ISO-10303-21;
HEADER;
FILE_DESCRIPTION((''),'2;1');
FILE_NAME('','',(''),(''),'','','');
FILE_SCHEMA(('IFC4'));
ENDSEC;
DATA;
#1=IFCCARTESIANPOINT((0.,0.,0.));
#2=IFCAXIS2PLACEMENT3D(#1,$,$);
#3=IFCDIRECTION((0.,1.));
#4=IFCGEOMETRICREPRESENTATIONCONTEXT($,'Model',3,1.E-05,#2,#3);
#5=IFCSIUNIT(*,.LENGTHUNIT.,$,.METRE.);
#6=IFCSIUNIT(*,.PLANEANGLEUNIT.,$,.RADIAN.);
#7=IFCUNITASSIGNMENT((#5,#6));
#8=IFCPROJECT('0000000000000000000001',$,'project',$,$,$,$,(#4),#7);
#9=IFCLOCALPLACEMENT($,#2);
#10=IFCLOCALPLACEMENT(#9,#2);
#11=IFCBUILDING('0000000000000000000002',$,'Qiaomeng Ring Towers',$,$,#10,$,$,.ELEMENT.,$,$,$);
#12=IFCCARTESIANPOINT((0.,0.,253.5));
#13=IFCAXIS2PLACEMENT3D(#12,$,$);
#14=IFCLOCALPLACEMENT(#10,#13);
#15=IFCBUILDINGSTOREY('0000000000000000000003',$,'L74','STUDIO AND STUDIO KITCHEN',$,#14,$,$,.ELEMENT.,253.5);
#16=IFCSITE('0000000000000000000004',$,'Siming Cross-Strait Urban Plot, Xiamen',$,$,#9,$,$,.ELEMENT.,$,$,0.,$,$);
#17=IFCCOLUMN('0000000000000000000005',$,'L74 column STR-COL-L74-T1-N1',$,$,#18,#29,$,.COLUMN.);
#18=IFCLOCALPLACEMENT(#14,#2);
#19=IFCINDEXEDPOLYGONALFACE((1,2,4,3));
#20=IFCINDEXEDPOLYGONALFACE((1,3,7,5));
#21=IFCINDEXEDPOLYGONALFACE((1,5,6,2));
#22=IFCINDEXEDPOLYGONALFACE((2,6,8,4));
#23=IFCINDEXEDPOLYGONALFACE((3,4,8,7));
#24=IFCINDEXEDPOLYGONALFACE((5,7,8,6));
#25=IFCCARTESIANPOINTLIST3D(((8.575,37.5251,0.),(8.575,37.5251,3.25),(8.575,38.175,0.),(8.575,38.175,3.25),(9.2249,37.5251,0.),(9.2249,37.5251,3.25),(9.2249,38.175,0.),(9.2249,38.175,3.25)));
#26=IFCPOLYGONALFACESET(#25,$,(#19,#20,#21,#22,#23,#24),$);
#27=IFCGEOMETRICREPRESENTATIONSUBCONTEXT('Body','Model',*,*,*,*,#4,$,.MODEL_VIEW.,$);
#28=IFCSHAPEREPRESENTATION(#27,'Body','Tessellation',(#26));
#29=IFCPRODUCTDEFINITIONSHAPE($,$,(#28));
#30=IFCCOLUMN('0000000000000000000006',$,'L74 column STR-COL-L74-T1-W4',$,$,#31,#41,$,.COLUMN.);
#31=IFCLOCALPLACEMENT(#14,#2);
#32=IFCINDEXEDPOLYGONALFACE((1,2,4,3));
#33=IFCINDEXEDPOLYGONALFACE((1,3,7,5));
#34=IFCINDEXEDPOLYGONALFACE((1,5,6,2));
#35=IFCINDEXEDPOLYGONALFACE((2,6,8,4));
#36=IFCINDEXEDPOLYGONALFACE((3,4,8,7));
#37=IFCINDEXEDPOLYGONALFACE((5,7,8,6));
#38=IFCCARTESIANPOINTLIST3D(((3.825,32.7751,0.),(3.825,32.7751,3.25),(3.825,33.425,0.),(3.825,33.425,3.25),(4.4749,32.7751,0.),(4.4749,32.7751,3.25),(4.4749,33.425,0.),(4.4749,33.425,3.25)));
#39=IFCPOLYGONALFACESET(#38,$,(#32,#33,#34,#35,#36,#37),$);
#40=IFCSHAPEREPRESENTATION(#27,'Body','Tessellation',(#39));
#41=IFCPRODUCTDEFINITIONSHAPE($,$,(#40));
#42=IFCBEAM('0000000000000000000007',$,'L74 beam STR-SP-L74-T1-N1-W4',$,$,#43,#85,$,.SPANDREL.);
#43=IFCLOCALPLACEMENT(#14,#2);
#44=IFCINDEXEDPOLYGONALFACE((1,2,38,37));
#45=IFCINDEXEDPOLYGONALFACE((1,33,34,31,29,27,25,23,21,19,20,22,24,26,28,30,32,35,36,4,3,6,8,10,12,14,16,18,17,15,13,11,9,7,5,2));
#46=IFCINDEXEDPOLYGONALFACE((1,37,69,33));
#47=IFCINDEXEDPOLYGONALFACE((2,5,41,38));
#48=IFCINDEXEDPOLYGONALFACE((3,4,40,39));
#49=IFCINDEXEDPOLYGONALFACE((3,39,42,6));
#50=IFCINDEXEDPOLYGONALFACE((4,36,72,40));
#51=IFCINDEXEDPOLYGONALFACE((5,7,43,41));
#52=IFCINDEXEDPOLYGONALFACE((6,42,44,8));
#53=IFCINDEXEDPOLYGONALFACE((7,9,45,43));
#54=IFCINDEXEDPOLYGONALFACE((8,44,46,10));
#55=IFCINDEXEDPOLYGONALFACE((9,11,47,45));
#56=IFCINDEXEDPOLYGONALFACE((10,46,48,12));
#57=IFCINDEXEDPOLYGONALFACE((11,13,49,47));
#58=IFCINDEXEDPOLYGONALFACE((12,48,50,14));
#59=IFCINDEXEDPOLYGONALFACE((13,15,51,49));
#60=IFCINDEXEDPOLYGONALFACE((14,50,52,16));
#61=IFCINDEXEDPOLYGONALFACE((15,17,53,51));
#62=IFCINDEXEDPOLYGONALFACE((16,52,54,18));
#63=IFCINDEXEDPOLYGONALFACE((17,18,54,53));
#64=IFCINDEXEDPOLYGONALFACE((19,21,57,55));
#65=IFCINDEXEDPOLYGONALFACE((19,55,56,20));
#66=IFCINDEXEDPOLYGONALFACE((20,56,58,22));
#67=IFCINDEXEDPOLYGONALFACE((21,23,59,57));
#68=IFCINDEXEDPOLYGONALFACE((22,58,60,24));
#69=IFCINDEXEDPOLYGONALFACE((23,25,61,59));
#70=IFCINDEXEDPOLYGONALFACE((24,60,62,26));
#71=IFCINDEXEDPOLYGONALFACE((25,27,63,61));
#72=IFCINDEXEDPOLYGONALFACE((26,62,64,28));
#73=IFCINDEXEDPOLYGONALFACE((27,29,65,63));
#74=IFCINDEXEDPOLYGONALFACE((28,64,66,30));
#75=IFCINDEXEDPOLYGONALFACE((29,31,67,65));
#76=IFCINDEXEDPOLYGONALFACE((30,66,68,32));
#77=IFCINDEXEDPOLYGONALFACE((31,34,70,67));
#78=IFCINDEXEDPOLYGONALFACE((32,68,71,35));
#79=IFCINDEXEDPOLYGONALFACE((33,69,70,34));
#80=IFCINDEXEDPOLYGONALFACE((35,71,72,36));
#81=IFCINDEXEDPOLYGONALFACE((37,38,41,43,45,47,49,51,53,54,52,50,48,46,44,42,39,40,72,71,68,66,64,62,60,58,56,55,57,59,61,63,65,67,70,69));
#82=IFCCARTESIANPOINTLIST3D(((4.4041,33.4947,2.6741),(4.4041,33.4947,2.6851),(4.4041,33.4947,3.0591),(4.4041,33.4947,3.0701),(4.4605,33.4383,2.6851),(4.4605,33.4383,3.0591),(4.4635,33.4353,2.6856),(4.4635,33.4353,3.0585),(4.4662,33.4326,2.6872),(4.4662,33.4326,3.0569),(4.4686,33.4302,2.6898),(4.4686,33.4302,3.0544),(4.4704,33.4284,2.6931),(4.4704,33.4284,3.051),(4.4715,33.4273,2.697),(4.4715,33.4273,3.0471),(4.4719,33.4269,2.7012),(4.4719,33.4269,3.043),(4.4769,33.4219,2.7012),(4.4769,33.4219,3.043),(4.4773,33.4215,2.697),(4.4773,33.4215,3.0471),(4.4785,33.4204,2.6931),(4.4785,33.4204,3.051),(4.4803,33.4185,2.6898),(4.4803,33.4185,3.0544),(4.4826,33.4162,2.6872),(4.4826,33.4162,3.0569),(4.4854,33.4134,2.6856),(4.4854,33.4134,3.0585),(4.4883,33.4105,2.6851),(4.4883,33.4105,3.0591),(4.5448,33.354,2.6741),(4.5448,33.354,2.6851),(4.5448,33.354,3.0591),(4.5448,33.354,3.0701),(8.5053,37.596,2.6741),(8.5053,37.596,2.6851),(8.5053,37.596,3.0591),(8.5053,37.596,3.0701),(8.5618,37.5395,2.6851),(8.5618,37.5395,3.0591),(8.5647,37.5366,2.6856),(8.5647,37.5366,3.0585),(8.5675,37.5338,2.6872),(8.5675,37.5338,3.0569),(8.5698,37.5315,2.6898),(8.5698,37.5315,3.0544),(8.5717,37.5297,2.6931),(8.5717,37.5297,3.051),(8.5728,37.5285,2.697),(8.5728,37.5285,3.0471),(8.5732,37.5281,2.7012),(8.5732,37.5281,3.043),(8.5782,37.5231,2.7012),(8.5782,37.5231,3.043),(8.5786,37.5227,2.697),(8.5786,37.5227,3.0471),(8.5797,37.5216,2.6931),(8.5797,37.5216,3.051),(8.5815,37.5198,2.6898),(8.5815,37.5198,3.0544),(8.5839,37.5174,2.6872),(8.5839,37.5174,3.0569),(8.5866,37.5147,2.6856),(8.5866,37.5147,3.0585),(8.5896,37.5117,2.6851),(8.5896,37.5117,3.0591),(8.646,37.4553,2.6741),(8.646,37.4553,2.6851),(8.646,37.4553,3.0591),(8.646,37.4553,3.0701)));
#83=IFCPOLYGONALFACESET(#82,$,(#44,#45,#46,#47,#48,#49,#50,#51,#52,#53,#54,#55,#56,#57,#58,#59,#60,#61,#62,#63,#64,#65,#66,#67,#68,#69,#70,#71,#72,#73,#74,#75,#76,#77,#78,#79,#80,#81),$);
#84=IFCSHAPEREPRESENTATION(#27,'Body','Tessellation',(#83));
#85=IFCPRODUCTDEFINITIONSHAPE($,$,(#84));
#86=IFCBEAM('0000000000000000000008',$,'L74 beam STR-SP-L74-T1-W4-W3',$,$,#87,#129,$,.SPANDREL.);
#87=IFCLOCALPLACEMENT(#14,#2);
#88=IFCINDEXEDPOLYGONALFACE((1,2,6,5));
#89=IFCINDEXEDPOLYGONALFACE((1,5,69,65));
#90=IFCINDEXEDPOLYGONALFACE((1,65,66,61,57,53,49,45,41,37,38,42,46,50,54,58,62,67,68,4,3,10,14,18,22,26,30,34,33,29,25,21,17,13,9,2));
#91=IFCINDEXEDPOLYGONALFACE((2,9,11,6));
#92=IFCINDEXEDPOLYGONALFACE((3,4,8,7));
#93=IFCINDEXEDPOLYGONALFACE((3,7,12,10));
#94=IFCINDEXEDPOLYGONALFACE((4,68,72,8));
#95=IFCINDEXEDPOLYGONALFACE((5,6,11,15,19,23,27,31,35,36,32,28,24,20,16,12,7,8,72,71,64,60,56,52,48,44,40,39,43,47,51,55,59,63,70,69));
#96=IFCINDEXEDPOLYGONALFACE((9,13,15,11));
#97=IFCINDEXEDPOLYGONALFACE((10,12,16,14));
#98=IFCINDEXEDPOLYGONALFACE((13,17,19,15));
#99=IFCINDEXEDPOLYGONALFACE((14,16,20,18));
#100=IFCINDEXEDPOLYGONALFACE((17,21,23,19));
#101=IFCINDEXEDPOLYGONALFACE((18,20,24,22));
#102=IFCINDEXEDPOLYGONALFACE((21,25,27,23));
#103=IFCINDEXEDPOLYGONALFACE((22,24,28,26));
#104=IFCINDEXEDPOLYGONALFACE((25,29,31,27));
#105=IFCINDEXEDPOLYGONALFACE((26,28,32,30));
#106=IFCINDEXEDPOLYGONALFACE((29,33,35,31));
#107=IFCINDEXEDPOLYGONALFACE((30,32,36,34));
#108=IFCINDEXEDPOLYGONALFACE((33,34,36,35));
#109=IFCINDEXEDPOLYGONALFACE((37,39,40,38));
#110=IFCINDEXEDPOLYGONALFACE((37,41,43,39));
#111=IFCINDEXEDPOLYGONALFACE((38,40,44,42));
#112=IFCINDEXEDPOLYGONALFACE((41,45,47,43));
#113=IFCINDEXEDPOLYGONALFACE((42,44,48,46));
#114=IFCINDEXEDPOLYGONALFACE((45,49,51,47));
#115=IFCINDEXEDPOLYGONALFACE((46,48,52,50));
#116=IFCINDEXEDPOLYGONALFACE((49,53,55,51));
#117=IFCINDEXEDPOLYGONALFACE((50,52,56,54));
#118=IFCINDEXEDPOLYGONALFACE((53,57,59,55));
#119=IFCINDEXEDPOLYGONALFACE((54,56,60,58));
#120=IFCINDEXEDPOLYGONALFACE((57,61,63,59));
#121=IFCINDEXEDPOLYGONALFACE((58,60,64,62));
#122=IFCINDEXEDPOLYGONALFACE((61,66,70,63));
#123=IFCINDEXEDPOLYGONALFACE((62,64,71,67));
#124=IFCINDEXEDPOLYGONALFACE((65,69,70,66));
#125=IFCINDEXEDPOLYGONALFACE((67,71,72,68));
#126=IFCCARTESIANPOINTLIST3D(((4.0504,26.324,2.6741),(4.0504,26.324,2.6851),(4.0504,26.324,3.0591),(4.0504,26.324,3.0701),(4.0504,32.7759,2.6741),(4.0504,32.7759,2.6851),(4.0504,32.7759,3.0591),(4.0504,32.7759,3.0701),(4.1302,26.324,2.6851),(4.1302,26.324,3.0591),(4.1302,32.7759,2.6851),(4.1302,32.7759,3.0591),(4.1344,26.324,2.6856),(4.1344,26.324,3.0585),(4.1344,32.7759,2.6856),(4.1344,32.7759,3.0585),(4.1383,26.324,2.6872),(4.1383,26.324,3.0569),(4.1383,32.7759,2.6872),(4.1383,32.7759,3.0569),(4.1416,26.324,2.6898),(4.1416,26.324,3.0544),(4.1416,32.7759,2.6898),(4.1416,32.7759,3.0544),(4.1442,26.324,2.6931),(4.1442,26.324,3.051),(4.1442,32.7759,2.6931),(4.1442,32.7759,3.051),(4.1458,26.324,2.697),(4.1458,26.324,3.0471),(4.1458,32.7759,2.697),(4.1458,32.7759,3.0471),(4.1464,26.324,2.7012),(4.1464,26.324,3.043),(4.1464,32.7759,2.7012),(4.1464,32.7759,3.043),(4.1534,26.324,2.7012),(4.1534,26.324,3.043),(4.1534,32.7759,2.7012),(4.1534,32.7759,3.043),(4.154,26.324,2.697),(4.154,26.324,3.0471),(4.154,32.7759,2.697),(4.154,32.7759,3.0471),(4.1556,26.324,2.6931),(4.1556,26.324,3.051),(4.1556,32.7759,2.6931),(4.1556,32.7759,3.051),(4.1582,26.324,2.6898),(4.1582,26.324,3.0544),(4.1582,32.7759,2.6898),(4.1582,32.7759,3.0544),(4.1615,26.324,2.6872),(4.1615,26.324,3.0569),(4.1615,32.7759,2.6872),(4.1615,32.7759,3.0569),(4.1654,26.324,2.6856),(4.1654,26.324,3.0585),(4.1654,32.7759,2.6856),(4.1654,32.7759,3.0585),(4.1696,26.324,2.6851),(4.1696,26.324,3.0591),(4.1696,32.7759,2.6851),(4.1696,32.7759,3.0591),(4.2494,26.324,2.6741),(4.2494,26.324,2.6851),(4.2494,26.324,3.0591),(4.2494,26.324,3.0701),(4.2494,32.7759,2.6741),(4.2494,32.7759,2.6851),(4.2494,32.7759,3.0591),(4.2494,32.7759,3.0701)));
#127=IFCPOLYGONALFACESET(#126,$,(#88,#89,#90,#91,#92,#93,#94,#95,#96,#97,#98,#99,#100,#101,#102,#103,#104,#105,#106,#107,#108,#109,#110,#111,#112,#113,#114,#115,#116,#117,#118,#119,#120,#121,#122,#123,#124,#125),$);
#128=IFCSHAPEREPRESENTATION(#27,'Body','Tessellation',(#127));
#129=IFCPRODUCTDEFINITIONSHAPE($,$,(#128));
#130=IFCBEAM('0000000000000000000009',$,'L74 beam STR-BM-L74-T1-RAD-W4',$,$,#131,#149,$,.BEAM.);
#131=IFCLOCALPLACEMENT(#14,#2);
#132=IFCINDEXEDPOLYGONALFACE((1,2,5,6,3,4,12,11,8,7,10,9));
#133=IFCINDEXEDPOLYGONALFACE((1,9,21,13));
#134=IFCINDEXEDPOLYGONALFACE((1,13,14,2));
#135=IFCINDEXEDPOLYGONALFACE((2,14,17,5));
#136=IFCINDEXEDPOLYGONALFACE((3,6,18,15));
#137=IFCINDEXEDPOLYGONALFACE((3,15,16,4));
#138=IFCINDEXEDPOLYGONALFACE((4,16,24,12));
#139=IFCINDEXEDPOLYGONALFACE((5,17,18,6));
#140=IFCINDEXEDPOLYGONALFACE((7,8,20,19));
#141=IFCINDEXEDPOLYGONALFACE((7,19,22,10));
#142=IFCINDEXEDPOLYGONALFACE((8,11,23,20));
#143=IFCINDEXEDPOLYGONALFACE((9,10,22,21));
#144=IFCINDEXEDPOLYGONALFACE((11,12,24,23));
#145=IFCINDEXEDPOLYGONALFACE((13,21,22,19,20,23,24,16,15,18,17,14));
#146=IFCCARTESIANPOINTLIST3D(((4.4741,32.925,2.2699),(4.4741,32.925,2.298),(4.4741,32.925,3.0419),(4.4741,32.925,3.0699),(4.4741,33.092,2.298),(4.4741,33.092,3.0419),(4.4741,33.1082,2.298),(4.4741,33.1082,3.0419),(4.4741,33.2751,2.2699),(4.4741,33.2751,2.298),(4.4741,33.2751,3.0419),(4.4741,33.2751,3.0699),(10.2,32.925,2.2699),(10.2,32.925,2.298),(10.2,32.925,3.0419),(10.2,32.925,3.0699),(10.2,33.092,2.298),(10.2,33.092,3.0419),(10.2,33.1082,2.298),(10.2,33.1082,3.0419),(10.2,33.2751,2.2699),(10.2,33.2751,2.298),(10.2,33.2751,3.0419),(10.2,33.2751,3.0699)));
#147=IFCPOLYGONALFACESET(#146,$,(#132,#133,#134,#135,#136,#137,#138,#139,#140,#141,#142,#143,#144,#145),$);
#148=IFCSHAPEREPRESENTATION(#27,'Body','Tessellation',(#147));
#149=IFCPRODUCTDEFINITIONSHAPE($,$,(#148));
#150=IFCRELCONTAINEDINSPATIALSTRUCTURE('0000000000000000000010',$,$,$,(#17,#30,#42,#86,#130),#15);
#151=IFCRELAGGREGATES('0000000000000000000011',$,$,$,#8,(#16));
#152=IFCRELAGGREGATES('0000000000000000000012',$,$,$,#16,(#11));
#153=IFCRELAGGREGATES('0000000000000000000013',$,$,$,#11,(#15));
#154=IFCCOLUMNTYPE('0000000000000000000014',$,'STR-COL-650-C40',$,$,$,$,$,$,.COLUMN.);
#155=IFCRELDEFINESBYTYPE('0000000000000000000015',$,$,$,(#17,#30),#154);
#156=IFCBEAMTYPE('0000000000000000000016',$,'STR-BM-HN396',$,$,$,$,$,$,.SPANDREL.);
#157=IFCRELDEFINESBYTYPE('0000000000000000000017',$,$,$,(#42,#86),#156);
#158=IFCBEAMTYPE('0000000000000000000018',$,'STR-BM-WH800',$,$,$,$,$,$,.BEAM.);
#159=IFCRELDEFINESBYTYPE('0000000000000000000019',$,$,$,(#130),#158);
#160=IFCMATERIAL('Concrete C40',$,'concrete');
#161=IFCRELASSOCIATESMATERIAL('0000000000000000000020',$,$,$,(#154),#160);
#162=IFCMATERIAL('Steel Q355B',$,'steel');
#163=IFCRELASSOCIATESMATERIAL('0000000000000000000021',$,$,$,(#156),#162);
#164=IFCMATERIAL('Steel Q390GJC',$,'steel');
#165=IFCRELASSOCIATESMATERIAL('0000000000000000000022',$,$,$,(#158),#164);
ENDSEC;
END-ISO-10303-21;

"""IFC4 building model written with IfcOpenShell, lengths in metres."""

from ifc_helpers import new_model, si_unit, direction, frame, origin, origin_2d, place, context, subcontext, project, spatial, rectangle, i_section, extrude, source, transform, mapped, material, material_profile, profile_set, type_object, element, save


model = new_model("IFC4")

# Units and contexts
model_context = context("Model", 3, precision=1e-05, world=origin(), true_north=direction((0.0, 1.0)))
body_context = subcontext(model_context, "Body", "Model", "MODEL_VIEW")
ifc_project = project(units=[si_unit("LENGTHUNIT", "METRE"), si_unit("PLANEANGLEUNIT", "RADIAN")], contexts=[model_context])

# Site, building, storey
site_placement = place(None, origin())
site = spatial("IfcSite", under=ifc_project, at=site_placement, Name="Siming Cross-Strait Urban Plot, Xiamen", CompositionType="ELEMENT", RefElevation=0.0)
building_placement = place(site_placement, origin())
building = spatial("IfcBuilding", under=site, at=building_placement, Name="Qiaomeng Ring Towers", CompositionType="ELEMENT")
storey_placement = place(building_placement, frame((0.0, 0.0, 253.5)))
storey = spatial("IfcBuildingStorey", under=building, at=storey_placement, Name="L74", Description="STUDIO AND STUDIO KITCHEN", CompositionType="ELEMENT", Elevation=253.5)

# Columns
ifc_material_1 = material(Name="Concrete C40", Category="concrete")
ifc_material_profile_1 = material_profile(ifc_material_1, rectangle(XDim=0.6499, YDim=0.6499, at=origin_2d()), Name="RC COL 650x650")
ifc_profile_set_1 = profile_set([ifc_material_profile_1], Name="Concrete C40")
column_type = type_object("IfcColumnType", Name="STR-COL-650-C40", PredefinedType="COLUMN", material=ifc_profile_set_1)
shared_shape_1 = source(origin(), body_context, "Body", "SweptSolid", [
    extrude(rectangle(XDim=0.6499, YDim=0.6499, at=origin_2d()), origin(), (0.0, 0.0, 1.0), 3.25),
])
for number, where, z_axis, x_axis, name in (
    (1, (8.8999, 37.8501, 0.0), (0.0, 0.0, 1.0), (1.0, 0.0, 0.0), "L74 column STR-COL-L74-T1-N1"),
    (2, (4.1499, 33.1001, 0.0), (0.0, 0.0, 1.0), (1.0, 0.0, 0.0), "L74 column STR-COL-L74-T1-W4"),
):
    element("IfcColumn", number, at=place(storey_placement, frame(where, z_axis=z_axis, x_axis=x_axis)), inside=storey, type_object=column_type, Name=name, PredefinedType="COLUMN", context=body_context, shape_type="MappedRepresentation", body=[
        mapped(shared_shape_1, transform((0.0, 0.0, 0.0), x_axis=(1.0, 0.0, 0.0), y_axis=(0.0, 1.0, 0.0), z_axis=(0.0, 0.0, 1.0), scale=1.0)),
    ])

# Beams
ifc_material_2 = material(Name="Steel Q355B", Category="steel")
ifc_material_profile_2 = material_profile(ifc_material_2, i_section(OverallWidth=0.199, OverallDepth=0.396, WebThickness=0.0071, FlangeThickness=0.011, FilletRadius=0.0161, at=origin_2d()), Name="HN 396x199x7x11")
ifc_profile_set_2 = profile_set([ifc_material_profile_2], Name="Steel Q355B")
beam_type_1 = type_object("IfcBeamType", Name="STR-BM-HN396", PredefinedType="SPANDREL", material=ifc_profile_set_2)
shared_shape_2 = source(origin(), body_context, "Body", "SweptSolid", [
    extrude(i_section(OverallWidth=0.199, OverallDepth=0.396, WebThickness=0.0071, FlangeThickness=0.011, FilletRadius=0.0161, at=origin_2d()), origin(), (0.0, 0.0, 1.0), 5.8),
])
beam_1_placement = place(storey_placement, frame((8.5757, 37.5256, 2.8721), z_axis=(-0.707107, -0.707107, 0.0), x_axis=(0.707107, -0.707107, 0.0)))
element("IfcBeam", 3, at=beam_1_placement, inside=storey, type_object=beam_type_1, Name="L74 beam STR-SP-L74-T1-N1-W4", PredefinedType="SPANDREL", context=body_context, shape_type="MappedRepresentation", body=[
    mapped(shared_shape_2, transform((0.0, 0.0, 0.0), x_axis=(1.0, 0.0, 0.0), y_axis=(0.0, 1.0, 0.0), z_axis=(0.0, 0.0, 1.0), scale=1.0)),
])
shared_shape_3 = source(origin(), body_context, "Body", "SweptSolid", [
    extrude(i_section(OverallWidth=0.199, OverallDepth=0.396, WebThickness=0.0071, FlangeThickness=0.011, FilletRadius=0.0161, at=origin_2d()), origin(), (0.0, 0.0, 1.0), 6.4519),
])
beam_2_placement = place(storey_placement, frame((4.1499, 32.7759, 2.8721), z_axis=(0.0, -1.0, 0.0), x_axis=(1.0, 0.0, 0.0)))
element("IfcBeam", 4, at=beam_2_placement, inside=storey, type_object=beam_type_1, Name="L74 beam STR-SP-L74-T1-W4-W3", PredefinedType="SPANDREL", context=body_context, shape_type="MappedRepresentation", body=[
    mapped(shared_shape_3, transform((0.0, 0.0, 0.0), x_axis=(1.0, 0.0, 0.0), y_axis=(0.0, 1.0, 0.0), z_axis=(0.0, 0.0, 1.0), scale=1.0)),
])
ifc_material_3 = material(Name="Steel Q390GJC", Category="steel")
ifc_material_profile_3 = material_profile(ifc_material_3, i_section(OverallWidth=0.3501, OverallDepth=0.8, WebThickness=0.0161, FlangeThickness=0.0281, at=origin_2d()), Name="WH 800x350x16x28")
ifc_profile_set_3 = profile_set([ifc_material_profile_3], Name="Steel Q390GJC")
beam_type_2 = type_object("IfcBeamType", Name="STR-BM-WH800", PredefinedType="BEAM", material=ifc_profile_set_3)
shared_shape_4 = source(origin(), body_context, "Body", "SweptSolid", [
    extrude(i_section(OverallWidth=0.3501, OverallDepth=0.8, WebThickness=0.0161, FlangeThickness=0.0281, at=origin_2d()), origin(), (0.0, 0.0, 1.0), 5.7258),
])
beam_3_placement = place(storey_placement, frame((4.4741, 33.1001, 2.6699), z_axis=(1.0, 0.0, 0.0), x_axis=(0.0, 1.0, 0.0)))
element("IfcBeam", 5, at=beam_3_placement, inside=storey, type_object=beam_type_2, Name="L74 beam STR-BM-L74-T1-RAD-W4", PredefinedType="BEAM", context=body_context, shape_type="MappedRepresentation", body=[
    mapped(shared_shape_4, transform((0.0, 0.0, 0.0), x_axis=(1.0, 0.0, 0.0), y_axis=(0.0, 1.0, 0.0), z_axis=(0.0, 0.0, 1.0), scale=1.0)),
])

save(model, "model.ifc")
